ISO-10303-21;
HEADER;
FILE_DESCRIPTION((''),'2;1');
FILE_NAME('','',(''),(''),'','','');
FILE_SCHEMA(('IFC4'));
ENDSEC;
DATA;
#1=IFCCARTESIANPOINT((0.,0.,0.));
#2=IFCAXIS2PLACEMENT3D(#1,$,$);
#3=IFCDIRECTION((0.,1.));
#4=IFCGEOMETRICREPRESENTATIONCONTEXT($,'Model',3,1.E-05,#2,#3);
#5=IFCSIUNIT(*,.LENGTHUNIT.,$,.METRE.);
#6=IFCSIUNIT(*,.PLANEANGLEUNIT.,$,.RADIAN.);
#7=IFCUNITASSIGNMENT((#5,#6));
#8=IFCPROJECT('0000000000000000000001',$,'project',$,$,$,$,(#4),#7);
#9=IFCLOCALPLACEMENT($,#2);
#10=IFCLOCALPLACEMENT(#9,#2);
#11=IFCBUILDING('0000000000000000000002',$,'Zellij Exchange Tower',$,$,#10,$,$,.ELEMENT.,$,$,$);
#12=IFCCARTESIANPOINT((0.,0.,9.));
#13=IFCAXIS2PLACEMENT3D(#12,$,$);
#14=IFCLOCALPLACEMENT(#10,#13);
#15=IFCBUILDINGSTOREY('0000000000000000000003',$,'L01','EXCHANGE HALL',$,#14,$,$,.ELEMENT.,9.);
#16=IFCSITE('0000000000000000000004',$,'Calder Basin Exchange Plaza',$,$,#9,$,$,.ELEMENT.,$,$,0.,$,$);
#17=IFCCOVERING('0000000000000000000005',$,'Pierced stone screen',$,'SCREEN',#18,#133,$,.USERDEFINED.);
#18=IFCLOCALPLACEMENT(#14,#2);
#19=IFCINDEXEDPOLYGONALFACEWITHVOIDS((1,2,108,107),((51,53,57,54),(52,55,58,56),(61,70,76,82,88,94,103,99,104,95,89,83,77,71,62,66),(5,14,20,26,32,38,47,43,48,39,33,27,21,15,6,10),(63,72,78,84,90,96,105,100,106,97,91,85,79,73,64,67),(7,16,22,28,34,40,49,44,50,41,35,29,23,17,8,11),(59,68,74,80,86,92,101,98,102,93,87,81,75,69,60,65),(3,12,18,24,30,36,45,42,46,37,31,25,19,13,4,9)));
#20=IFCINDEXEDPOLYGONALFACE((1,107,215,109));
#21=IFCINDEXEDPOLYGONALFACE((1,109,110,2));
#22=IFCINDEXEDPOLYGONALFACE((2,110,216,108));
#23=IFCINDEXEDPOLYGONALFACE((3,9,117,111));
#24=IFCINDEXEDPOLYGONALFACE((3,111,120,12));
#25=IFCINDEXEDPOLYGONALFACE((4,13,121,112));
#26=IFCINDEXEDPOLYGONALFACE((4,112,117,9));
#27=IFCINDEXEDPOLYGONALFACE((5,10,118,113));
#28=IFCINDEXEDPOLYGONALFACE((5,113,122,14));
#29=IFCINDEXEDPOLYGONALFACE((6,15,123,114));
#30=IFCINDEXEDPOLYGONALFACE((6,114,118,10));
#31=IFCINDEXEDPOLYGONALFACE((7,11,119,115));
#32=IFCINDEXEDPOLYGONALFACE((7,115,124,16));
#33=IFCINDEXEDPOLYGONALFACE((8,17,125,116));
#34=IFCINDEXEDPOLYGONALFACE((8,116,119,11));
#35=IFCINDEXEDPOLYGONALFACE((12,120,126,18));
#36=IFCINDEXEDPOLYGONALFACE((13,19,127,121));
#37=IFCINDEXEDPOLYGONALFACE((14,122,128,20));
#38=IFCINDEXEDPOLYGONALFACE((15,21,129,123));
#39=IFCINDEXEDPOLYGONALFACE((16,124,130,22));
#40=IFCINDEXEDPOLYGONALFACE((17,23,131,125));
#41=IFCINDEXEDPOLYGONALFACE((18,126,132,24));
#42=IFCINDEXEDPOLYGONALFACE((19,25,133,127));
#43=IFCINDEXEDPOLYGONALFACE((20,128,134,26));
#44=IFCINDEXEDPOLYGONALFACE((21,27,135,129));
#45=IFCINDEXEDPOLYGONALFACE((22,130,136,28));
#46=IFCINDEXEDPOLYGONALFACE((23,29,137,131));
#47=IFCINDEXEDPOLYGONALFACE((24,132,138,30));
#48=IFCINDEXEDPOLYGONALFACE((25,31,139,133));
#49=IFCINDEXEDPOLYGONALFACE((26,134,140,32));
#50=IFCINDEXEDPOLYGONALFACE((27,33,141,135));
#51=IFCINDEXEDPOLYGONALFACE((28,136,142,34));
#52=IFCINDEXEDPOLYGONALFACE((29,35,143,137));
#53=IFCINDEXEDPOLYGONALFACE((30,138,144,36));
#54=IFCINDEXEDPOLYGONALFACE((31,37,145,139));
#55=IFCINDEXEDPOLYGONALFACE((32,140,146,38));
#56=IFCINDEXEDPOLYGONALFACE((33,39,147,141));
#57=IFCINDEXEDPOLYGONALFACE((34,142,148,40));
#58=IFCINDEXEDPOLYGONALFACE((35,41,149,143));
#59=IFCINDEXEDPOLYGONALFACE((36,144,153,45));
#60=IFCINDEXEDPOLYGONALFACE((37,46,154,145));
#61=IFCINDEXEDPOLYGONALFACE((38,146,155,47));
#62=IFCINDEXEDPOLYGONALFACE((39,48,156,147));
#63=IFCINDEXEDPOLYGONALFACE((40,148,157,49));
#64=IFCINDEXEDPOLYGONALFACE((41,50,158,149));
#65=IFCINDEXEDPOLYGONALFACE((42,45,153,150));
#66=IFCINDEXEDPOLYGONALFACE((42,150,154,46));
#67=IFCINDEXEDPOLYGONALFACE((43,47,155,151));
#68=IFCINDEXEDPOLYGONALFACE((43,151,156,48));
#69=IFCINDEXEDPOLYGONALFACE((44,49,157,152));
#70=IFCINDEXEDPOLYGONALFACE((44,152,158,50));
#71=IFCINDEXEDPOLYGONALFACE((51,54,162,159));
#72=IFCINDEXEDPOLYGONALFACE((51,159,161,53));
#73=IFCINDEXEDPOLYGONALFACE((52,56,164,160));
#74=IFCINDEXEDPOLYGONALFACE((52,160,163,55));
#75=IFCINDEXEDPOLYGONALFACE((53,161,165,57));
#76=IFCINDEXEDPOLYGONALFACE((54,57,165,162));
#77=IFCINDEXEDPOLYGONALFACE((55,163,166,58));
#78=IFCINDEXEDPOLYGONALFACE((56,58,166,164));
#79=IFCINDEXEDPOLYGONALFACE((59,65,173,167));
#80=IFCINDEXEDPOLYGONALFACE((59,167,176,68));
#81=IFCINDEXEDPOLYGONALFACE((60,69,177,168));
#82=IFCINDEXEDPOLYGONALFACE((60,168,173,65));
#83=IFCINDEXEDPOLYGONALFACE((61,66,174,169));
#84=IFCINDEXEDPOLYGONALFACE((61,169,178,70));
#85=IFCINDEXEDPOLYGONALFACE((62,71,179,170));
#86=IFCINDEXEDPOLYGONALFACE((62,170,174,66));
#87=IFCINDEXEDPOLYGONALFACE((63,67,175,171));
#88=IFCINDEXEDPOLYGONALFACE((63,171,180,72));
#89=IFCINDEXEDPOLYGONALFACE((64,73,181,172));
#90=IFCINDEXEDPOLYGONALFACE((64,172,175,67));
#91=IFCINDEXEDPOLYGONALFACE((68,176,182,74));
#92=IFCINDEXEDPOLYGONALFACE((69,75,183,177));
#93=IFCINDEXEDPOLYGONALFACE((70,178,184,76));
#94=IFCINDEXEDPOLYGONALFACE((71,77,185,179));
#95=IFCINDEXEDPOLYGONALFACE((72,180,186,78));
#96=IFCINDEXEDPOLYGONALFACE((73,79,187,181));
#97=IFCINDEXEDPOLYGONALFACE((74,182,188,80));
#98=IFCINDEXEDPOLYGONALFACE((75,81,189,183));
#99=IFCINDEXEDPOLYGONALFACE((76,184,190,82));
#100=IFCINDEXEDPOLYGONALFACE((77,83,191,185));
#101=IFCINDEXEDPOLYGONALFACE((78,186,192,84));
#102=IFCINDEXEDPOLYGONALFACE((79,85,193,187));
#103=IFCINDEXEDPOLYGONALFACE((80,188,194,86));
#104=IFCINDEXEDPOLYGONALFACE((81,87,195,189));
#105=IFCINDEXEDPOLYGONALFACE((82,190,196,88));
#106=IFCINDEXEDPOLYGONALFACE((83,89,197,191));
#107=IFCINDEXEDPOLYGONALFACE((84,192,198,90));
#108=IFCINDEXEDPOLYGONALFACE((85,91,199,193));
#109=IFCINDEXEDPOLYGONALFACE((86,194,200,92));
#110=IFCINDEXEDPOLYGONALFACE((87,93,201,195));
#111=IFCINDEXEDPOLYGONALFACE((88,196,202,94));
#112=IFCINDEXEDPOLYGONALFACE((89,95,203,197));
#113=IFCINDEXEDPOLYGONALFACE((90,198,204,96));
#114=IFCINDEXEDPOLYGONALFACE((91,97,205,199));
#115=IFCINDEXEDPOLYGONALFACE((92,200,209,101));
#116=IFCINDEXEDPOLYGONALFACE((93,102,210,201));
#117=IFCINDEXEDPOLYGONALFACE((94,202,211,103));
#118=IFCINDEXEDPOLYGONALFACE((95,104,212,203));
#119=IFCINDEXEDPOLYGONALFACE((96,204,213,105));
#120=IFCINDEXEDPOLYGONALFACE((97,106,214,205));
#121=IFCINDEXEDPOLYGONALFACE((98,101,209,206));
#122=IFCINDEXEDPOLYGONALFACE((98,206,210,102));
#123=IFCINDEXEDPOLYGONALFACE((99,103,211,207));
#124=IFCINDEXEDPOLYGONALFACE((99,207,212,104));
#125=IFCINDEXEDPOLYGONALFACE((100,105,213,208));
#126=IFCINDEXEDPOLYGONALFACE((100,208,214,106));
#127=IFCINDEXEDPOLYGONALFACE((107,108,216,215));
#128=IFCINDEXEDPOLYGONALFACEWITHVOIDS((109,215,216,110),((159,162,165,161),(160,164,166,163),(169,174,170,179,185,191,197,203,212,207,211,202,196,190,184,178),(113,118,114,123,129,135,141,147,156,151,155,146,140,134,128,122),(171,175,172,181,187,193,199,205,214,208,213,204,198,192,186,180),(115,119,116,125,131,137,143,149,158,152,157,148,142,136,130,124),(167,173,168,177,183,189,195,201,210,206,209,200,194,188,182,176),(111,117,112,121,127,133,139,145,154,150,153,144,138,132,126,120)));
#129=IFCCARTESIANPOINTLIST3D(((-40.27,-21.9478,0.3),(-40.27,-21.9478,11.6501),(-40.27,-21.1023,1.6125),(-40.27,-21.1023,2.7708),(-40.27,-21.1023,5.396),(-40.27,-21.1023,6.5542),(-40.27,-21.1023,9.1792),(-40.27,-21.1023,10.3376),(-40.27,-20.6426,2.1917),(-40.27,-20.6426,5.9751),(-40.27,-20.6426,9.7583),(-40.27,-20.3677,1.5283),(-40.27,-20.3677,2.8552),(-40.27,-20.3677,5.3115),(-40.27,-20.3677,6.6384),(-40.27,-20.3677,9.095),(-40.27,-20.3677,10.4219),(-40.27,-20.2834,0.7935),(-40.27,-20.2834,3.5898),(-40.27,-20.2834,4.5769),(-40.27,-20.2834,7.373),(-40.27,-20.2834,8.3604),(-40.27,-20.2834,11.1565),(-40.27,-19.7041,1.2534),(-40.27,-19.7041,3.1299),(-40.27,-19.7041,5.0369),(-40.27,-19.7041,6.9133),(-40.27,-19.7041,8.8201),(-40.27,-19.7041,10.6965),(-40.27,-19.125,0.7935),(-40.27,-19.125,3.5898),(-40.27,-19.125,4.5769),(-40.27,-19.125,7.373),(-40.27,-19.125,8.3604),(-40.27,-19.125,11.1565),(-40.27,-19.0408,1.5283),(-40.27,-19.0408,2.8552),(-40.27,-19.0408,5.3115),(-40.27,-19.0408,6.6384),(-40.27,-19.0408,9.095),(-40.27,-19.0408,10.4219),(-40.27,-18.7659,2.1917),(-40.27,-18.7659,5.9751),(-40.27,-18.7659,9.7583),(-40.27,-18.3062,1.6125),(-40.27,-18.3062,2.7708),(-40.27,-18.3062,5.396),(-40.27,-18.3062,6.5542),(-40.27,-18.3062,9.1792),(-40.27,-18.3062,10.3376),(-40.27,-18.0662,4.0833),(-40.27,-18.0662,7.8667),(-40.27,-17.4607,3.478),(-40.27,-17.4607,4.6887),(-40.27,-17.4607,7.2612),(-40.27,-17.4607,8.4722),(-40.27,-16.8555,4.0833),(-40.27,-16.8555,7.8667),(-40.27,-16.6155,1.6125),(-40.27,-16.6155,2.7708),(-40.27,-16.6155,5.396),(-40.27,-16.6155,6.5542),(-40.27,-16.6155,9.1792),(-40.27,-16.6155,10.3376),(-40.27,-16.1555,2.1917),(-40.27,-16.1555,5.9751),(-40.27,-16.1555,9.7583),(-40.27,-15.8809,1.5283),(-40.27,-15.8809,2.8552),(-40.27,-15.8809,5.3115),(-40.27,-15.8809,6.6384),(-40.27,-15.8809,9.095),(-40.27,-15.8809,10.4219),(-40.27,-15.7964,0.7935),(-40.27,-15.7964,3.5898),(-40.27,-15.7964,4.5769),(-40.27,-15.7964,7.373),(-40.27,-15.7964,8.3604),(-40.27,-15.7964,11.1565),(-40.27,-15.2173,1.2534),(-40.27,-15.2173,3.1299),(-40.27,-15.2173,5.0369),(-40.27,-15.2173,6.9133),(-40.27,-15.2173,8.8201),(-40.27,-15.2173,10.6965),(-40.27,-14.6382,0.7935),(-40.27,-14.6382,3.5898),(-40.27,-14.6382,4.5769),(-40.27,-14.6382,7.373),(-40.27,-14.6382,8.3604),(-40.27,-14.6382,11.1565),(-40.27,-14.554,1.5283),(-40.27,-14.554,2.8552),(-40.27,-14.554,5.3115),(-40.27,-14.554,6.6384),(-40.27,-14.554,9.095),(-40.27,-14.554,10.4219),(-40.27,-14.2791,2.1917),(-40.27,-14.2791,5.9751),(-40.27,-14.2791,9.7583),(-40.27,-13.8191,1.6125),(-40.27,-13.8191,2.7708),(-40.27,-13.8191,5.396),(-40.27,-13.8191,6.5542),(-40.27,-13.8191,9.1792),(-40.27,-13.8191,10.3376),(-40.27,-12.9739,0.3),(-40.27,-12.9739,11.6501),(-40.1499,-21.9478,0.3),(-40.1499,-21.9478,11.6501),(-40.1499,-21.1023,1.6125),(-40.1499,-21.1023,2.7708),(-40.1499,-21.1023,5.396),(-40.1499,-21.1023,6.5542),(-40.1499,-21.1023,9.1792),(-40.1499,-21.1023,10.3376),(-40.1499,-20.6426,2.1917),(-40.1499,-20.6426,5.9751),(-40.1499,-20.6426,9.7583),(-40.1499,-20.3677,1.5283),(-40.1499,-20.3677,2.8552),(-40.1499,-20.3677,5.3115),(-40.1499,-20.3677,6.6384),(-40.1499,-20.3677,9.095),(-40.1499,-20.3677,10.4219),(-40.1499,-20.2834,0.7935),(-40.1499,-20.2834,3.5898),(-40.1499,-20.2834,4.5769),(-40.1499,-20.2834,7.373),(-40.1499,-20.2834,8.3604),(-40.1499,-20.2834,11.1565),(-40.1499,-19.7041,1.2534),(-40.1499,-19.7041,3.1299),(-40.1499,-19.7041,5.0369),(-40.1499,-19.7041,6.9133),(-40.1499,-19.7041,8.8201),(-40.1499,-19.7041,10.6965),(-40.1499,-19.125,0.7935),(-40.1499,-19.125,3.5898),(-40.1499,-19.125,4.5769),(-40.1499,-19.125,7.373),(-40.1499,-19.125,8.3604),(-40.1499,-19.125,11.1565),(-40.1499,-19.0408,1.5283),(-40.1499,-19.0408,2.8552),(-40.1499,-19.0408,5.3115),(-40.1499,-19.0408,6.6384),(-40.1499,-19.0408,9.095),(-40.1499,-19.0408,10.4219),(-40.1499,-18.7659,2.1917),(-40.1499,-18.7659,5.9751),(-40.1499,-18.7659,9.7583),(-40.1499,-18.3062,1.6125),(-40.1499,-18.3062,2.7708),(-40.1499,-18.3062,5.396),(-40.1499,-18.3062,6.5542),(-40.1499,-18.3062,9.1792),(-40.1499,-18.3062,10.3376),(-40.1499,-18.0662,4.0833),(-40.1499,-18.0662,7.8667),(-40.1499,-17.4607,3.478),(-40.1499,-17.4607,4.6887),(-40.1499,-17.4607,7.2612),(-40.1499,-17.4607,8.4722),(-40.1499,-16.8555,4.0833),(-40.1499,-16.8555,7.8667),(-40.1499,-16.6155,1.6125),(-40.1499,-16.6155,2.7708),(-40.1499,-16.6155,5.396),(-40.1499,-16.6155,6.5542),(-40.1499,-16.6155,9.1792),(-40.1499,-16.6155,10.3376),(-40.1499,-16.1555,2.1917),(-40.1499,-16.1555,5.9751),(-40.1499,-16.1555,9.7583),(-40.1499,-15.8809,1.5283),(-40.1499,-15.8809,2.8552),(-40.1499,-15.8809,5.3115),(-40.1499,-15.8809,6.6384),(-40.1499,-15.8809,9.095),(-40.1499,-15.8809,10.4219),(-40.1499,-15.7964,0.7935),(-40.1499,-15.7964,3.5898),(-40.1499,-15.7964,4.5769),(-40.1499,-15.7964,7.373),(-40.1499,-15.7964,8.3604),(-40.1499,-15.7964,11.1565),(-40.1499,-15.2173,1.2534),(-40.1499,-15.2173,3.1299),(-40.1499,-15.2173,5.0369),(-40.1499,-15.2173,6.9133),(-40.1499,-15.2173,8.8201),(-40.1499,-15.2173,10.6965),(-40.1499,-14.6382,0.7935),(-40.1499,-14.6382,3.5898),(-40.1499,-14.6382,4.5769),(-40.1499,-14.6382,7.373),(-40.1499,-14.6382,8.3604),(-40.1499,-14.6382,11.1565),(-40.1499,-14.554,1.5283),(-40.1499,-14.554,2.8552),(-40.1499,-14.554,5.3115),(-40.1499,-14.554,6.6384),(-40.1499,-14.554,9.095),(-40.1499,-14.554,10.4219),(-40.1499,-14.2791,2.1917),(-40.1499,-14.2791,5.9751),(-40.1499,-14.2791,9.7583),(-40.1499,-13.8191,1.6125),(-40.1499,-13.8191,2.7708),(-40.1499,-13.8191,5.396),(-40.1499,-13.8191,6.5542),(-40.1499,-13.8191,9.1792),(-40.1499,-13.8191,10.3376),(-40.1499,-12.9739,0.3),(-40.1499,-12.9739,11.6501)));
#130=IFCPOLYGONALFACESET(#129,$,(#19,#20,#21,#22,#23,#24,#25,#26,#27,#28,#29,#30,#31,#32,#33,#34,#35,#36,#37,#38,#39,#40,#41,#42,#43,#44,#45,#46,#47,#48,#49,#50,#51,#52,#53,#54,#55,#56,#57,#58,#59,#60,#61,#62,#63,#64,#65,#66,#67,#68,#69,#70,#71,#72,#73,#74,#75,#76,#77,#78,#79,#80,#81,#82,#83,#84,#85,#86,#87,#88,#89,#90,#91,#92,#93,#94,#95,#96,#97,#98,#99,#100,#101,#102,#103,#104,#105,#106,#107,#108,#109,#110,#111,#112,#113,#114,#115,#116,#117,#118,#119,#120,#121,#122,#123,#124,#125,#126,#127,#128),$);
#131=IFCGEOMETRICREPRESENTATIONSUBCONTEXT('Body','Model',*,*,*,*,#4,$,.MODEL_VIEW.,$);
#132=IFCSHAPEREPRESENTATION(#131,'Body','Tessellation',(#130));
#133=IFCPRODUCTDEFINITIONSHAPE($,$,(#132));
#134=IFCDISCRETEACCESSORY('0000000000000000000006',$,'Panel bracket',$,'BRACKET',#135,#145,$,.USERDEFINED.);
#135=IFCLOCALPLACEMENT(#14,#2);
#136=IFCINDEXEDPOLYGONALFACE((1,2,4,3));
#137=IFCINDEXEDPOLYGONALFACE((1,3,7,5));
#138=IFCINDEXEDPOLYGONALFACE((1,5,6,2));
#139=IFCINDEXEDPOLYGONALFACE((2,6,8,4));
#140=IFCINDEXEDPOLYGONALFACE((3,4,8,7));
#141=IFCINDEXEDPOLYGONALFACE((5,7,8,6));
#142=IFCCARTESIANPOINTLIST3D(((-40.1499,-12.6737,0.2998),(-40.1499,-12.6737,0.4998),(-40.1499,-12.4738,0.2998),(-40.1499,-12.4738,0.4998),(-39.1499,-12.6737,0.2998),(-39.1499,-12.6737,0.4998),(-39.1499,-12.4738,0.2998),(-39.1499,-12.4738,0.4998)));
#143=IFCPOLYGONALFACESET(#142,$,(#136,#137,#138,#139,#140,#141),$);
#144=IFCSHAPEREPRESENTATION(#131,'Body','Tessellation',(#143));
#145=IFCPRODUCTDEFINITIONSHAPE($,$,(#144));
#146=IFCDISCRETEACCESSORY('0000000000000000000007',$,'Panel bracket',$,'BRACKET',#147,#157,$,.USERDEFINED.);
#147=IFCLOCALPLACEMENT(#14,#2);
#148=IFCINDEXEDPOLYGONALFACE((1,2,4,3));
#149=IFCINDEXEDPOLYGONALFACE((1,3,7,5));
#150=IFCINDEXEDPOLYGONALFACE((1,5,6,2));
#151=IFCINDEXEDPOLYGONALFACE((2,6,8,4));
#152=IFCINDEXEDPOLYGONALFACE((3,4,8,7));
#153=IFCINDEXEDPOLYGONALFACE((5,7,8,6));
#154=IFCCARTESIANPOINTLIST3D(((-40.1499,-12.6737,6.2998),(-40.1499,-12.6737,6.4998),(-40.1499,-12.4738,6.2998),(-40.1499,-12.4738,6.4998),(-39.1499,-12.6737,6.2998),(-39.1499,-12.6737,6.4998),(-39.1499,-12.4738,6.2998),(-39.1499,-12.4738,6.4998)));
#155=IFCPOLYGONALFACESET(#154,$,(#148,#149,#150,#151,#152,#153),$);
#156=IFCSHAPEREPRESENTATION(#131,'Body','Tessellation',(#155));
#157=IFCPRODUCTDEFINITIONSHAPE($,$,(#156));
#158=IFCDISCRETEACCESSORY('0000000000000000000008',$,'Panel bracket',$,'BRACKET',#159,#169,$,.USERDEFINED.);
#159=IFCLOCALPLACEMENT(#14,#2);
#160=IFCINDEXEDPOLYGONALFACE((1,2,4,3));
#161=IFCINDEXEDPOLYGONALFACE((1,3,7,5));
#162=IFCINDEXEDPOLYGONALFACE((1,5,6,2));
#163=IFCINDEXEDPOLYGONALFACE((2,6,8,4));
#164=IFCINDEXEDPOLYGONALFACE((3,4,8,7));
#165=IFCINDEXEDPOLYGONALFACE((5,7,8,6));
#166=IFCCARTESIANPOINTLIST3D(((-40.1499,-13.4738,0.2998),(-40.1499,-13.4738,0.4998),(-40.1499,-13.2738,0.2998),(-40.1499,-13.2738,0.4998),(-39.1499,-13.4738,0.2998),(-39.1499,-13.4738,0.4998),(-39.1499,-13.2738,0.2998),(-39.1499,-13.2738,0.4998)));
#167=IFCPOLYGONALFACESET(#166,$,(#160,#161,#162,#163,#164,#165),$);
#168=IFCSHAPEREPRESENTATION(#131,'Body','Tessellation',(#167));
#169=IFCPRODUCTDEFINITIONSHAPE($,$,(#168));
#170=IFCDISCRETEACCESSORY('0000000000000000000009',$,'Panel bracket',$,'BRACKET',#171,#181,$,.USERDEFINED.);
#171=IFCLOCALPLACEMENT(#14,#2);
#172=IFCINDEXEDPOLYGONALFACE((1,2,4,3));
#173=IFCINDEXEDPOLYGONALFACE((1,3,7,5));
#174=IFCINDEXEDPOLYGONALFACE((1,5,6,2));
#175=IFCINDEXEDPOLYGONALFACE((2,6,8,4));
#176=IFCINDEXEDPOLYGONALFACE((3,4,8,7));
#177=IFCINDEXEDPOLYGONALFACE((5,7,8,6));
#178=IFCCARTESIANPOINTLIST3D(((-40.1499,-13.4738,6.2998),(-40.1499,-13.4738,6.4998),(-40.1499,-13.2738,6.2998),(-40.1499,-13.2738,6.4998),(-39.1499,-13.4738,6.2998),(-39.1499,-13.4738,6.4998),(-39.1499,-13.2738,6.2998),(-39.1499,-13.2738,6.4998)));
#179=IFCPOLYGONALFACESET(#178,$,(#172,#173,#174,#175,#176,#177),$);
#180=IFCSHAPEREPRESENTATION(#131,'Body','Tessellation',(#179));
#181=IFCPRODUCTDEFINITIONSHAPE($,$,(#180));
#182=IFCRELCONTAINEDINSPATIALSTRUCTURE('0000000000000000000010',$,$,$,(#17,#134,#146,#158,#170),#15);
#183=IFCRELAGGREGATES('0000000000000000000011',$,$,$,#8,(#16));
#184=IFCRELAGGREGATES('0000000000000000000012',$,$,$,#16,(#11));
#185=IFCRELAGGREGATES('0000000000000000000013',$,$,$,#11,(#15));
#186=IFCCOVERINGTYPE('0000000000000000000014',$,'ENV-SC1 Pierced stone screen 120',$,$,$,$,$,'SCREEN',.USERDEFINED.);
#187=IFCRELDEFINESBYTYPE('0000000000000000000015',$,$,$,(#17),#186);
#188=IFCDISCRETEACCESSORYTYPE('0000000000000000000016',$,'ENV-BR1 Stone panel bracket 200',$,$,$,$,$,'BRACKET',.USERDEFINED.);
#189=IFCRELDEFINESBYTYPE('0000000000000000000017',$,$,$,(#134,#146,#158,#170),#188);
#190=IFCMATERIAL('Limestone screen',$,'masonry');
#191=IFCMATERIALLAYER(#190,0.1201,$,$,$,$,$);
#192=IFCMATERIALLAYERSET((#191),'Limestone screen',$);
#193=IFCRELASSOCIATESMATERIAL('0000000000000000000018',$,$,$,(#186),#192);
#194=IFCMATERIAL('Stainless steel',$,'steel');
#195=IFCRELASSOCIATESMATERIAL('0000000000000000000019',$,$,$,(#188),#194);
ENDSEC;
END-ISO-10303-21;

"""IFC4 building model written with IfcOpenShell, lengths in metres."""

from ifc_helpers import new_model, si_unit, direction, frame, origin, origin_2d, place, context, subcontext, project, spatial, polyline, rectangle, outline, extrude, material, layer, layer_set, type_object, element, save


model = new_model("IFC4")

# Units and contexts
model_context = context("Model", 3, precision=1e-05, world=origin(), true_north=direction((0.0, 1.0)))
body_context = subcontext(model_context, "Body", "Model", "MODEL_VIEW")
ifc_project = project(units=[si_unit("LENGTHUNIT", "METRE"), si_unit("PLANEANGLEUNIT", "RADIAN")], contexts=[model_context])

# Site, building, storey
site_placement = place(None, origin())
site = spatial("IfcSite", under=ifc_project, at=site_placement, Name="Calder Basin Exchange Plaza", CompositionType="ELEMENT", RefElevation=0.0)
building_placement = place(site_placement, origin())
building = spatial("IfcBuilding", under=site, at=building_placement, Name="Zellij Exchange Tower", CompositionType="ELEMENT")
storey_placement = place(building_placement, frame((0.0, 0.0, 9.0)))
storey = spatial("IfcBuildingStorey", under=building, at=storey_placement, Name="L01", Description="EXCHANGE HALL", CompositionType="ELEMENT", Elevation=9.0)

# Covering
ifc_material_1 = material(Name="Limestone screen", Category="masonry")
ifc_layer_1 = layer(ifc_material_1, 0.1201)
ifc_layer_set_1 = layer_set([ifc_layer_1], Name="Limestone screen")
covering_type = type_object("IfcCoveringType", Name="ENV-SC1 Pierced stone screen 120", ElementType="SCREEN", PredefinedType="USERDEFINED", material=ifc_layer_set_1)
covering_placement = place(storey_placement, frame((-40.21, -12.9739, 0.3), z_axis=(0.0, 0.0, 1.0), x_axis=(0.0, -1.0, 0.0)))
element("IfcCovering", 1, at=covering_placement, inside=storey, type_object=covering_type, Name="Pierced stone screen", ObjectType="SCREEN", PredefinedType="USERDEFINED", context=body_context, shape_type="SweptSolid", body=[
    extrude(outline(polyline([(0.0, 0.0), (8.9739, 0.0), (8.9739, 11.3501), (0.0, 11.3501), (0.0, 0.0)]), holes=[polyline([(3.6416, 2.4707), (2.907, 2.5552), (2.8225, 3.2898), (2.2434, 2.8298), (1.6643, 3.2898), (1.5801, 2.5552), (0.8452, 2.4707), (1.3052, 1.8916), (0.8452, 1.3125), (1.5801, 1.2283), (1.6643, 0.4934), (2.2434, 0.9534), (2.8225, 0.4934), (2.907, 1.2283), (3.6416, 1.3125), (3.1816, 1.8916), (3.6416, 2.4707)]), polyline([(3.6416, 6.2542), (2.907, 6.3384), (2.8225, 7.073), (2.2434, 6.6133), (1.6643, 7.073), (1.5801, 6.3384), (0.8452, 6.2542), (1.3052, 5.675), (0.8452, 5.0959), (1.5801, 5.0115), (1.6643, 4.2769), (2.2434, 4.7368), (2.8225, 4.2769), (2.907, 5.0115), (3.6416, 5.0959), (3.1816, 5.675), (3.6416, 6.2542)]), polyline([(3.6416, 10.0376), (2.907, 10.1218), (2.8225, 10.8564), (2.2434, 10.3965), (1.6643, 10.8564), (1.5801, 10.1218), (0.8452, 10.0376), (1.3052, 9.4583), (0.8452, 8.8792), (1.5801, 8.7949), (1.6643, 8.0603), (2.2434, 8.52), (2.8225, 8.0603), (2.907, 8.7949), (3.6416, 8.8792), (3.1816, 9.4583), (3.6416, 10.0376)]), polyline([(8.1284, 2.4707), (7.3938, 2.5552), (7.3096, 3.2898), (6.7302, 2.8298), (6.1511, 3.2898), (6.0669, 2.5552), (5.3323, 2.4707), (5.792, 1.8916), (5.3323, 1.3125), (6.0669, 1.2283), (6.1511, 0.4934), (6.7302, 0.9534), (7.3096, 0.4934), (7.3938, 1.2283), (8.1284, 1.3125), (7.6687, 1.8916), (8.1284, 2.4707)]), polyline([(8.1284, 6.2542), (7.3938, 6.3384), (7.3096, 7.073), (6.7302, 6.6133), (6.1511, 7.073), (6.0669, 6.3384), (5.3323, 6.2542), (5.792, 5.675), (5.3323, 5.0959), (6.0669, 5.0115), (6.1511, 4.2769), (6.7302, 4.7368), (7.3096, 4.2769), (7.3938, 5.0115), (8.1284, 5.0959), (7.6687, 5.675), (8.1284, 6.2542)]), polyline([(8.1284, 10.0376), (7.3938, 10.1218), (7.3096, 10.8564), (6.7302, 10.3965), (6.1511, 10.8564), (6.0669, 10.1218), (5.3323, 10.0376), (5.792, 9.4583), (5.3323, 8.8792), (6.0669, 8.7949), (6.1511, 8.0603), (6.7302, 8.52), (7.3096, 8.0603), (7.3938, 8.7949), (8.1284, 8.8792), (7.6687, 9.4583), (8.1284, 10.0376)]), polyline([(5.0923, 3.7832), (4.4868, 4.3887), (3.8816, 3.7832), (4.4868, 3.178), (5.0923, 3.7832)]), polyline([(5.0923, 7.5667), (4.4868, 8.1721), (3.8816, 7.5667), (4.4868, 6.9612), (5.0923, 7.5667)])]), frame((0.0, 0.0601, 0.0), z_axis=(0.0, -1.0, 0.0), x_axis=(1.0, 0.0, 0.0)), (0.0, 0.0, 1.0), 0.1201),
])

# Discrete accessories
ifc_material_2 = material(Name="Stainless steel", Category="steel")
discrete_accessory_type = type_object("IfcDiscreteAccessoryType", Name="ENV-BR1 Stone panel bracket 200", ElementType="BRACKET", PredefinedType="USERDEFINED", material=ifc_material_2)
for number, where, z_axis, x_axis, name in (
    (2, (-39.6499, -12.5737, 0.2998), (0.0, 0.0, 1.0), (0.0, -1.0, 0.0), "Panel bracket"),
    (3, (-39.6499, -12.5737, 6.2998), (0.0, 0.0, 1.0), (0.0, -1.0, 0.0), "Panel bracket"),
    (4, (-39.6499, -13.3738, 0.2998), (0.0, 0.0, 1.0), (0.0, -1.0, 0.0), "Panel bracket"),
    (5, (-39.6499, -13.3738, 6.2998), (0.0, 0.0, 1.0), (0.0, -1.0, 0.0), "Panel bracket"),
):
    element("IfcDiscreteAccessory", number, at=place(storey_placement, frame(where, z_axis=z_axis, x_axis=x_axis)), inside=storey, type_object=discrete_accessory_type, Name=name, ObjectType="BRACKET", PredefinedType="USERDEFINED", context=body_context, shape_type="SweptSolid", body=[
        extrude(rectangle(XDim=0.2, YDim=1.0, at=origin_2d()), origin(), (0.0, 0.0, 1.0), 0.2),
    ])

save(model, "model.ifc")
